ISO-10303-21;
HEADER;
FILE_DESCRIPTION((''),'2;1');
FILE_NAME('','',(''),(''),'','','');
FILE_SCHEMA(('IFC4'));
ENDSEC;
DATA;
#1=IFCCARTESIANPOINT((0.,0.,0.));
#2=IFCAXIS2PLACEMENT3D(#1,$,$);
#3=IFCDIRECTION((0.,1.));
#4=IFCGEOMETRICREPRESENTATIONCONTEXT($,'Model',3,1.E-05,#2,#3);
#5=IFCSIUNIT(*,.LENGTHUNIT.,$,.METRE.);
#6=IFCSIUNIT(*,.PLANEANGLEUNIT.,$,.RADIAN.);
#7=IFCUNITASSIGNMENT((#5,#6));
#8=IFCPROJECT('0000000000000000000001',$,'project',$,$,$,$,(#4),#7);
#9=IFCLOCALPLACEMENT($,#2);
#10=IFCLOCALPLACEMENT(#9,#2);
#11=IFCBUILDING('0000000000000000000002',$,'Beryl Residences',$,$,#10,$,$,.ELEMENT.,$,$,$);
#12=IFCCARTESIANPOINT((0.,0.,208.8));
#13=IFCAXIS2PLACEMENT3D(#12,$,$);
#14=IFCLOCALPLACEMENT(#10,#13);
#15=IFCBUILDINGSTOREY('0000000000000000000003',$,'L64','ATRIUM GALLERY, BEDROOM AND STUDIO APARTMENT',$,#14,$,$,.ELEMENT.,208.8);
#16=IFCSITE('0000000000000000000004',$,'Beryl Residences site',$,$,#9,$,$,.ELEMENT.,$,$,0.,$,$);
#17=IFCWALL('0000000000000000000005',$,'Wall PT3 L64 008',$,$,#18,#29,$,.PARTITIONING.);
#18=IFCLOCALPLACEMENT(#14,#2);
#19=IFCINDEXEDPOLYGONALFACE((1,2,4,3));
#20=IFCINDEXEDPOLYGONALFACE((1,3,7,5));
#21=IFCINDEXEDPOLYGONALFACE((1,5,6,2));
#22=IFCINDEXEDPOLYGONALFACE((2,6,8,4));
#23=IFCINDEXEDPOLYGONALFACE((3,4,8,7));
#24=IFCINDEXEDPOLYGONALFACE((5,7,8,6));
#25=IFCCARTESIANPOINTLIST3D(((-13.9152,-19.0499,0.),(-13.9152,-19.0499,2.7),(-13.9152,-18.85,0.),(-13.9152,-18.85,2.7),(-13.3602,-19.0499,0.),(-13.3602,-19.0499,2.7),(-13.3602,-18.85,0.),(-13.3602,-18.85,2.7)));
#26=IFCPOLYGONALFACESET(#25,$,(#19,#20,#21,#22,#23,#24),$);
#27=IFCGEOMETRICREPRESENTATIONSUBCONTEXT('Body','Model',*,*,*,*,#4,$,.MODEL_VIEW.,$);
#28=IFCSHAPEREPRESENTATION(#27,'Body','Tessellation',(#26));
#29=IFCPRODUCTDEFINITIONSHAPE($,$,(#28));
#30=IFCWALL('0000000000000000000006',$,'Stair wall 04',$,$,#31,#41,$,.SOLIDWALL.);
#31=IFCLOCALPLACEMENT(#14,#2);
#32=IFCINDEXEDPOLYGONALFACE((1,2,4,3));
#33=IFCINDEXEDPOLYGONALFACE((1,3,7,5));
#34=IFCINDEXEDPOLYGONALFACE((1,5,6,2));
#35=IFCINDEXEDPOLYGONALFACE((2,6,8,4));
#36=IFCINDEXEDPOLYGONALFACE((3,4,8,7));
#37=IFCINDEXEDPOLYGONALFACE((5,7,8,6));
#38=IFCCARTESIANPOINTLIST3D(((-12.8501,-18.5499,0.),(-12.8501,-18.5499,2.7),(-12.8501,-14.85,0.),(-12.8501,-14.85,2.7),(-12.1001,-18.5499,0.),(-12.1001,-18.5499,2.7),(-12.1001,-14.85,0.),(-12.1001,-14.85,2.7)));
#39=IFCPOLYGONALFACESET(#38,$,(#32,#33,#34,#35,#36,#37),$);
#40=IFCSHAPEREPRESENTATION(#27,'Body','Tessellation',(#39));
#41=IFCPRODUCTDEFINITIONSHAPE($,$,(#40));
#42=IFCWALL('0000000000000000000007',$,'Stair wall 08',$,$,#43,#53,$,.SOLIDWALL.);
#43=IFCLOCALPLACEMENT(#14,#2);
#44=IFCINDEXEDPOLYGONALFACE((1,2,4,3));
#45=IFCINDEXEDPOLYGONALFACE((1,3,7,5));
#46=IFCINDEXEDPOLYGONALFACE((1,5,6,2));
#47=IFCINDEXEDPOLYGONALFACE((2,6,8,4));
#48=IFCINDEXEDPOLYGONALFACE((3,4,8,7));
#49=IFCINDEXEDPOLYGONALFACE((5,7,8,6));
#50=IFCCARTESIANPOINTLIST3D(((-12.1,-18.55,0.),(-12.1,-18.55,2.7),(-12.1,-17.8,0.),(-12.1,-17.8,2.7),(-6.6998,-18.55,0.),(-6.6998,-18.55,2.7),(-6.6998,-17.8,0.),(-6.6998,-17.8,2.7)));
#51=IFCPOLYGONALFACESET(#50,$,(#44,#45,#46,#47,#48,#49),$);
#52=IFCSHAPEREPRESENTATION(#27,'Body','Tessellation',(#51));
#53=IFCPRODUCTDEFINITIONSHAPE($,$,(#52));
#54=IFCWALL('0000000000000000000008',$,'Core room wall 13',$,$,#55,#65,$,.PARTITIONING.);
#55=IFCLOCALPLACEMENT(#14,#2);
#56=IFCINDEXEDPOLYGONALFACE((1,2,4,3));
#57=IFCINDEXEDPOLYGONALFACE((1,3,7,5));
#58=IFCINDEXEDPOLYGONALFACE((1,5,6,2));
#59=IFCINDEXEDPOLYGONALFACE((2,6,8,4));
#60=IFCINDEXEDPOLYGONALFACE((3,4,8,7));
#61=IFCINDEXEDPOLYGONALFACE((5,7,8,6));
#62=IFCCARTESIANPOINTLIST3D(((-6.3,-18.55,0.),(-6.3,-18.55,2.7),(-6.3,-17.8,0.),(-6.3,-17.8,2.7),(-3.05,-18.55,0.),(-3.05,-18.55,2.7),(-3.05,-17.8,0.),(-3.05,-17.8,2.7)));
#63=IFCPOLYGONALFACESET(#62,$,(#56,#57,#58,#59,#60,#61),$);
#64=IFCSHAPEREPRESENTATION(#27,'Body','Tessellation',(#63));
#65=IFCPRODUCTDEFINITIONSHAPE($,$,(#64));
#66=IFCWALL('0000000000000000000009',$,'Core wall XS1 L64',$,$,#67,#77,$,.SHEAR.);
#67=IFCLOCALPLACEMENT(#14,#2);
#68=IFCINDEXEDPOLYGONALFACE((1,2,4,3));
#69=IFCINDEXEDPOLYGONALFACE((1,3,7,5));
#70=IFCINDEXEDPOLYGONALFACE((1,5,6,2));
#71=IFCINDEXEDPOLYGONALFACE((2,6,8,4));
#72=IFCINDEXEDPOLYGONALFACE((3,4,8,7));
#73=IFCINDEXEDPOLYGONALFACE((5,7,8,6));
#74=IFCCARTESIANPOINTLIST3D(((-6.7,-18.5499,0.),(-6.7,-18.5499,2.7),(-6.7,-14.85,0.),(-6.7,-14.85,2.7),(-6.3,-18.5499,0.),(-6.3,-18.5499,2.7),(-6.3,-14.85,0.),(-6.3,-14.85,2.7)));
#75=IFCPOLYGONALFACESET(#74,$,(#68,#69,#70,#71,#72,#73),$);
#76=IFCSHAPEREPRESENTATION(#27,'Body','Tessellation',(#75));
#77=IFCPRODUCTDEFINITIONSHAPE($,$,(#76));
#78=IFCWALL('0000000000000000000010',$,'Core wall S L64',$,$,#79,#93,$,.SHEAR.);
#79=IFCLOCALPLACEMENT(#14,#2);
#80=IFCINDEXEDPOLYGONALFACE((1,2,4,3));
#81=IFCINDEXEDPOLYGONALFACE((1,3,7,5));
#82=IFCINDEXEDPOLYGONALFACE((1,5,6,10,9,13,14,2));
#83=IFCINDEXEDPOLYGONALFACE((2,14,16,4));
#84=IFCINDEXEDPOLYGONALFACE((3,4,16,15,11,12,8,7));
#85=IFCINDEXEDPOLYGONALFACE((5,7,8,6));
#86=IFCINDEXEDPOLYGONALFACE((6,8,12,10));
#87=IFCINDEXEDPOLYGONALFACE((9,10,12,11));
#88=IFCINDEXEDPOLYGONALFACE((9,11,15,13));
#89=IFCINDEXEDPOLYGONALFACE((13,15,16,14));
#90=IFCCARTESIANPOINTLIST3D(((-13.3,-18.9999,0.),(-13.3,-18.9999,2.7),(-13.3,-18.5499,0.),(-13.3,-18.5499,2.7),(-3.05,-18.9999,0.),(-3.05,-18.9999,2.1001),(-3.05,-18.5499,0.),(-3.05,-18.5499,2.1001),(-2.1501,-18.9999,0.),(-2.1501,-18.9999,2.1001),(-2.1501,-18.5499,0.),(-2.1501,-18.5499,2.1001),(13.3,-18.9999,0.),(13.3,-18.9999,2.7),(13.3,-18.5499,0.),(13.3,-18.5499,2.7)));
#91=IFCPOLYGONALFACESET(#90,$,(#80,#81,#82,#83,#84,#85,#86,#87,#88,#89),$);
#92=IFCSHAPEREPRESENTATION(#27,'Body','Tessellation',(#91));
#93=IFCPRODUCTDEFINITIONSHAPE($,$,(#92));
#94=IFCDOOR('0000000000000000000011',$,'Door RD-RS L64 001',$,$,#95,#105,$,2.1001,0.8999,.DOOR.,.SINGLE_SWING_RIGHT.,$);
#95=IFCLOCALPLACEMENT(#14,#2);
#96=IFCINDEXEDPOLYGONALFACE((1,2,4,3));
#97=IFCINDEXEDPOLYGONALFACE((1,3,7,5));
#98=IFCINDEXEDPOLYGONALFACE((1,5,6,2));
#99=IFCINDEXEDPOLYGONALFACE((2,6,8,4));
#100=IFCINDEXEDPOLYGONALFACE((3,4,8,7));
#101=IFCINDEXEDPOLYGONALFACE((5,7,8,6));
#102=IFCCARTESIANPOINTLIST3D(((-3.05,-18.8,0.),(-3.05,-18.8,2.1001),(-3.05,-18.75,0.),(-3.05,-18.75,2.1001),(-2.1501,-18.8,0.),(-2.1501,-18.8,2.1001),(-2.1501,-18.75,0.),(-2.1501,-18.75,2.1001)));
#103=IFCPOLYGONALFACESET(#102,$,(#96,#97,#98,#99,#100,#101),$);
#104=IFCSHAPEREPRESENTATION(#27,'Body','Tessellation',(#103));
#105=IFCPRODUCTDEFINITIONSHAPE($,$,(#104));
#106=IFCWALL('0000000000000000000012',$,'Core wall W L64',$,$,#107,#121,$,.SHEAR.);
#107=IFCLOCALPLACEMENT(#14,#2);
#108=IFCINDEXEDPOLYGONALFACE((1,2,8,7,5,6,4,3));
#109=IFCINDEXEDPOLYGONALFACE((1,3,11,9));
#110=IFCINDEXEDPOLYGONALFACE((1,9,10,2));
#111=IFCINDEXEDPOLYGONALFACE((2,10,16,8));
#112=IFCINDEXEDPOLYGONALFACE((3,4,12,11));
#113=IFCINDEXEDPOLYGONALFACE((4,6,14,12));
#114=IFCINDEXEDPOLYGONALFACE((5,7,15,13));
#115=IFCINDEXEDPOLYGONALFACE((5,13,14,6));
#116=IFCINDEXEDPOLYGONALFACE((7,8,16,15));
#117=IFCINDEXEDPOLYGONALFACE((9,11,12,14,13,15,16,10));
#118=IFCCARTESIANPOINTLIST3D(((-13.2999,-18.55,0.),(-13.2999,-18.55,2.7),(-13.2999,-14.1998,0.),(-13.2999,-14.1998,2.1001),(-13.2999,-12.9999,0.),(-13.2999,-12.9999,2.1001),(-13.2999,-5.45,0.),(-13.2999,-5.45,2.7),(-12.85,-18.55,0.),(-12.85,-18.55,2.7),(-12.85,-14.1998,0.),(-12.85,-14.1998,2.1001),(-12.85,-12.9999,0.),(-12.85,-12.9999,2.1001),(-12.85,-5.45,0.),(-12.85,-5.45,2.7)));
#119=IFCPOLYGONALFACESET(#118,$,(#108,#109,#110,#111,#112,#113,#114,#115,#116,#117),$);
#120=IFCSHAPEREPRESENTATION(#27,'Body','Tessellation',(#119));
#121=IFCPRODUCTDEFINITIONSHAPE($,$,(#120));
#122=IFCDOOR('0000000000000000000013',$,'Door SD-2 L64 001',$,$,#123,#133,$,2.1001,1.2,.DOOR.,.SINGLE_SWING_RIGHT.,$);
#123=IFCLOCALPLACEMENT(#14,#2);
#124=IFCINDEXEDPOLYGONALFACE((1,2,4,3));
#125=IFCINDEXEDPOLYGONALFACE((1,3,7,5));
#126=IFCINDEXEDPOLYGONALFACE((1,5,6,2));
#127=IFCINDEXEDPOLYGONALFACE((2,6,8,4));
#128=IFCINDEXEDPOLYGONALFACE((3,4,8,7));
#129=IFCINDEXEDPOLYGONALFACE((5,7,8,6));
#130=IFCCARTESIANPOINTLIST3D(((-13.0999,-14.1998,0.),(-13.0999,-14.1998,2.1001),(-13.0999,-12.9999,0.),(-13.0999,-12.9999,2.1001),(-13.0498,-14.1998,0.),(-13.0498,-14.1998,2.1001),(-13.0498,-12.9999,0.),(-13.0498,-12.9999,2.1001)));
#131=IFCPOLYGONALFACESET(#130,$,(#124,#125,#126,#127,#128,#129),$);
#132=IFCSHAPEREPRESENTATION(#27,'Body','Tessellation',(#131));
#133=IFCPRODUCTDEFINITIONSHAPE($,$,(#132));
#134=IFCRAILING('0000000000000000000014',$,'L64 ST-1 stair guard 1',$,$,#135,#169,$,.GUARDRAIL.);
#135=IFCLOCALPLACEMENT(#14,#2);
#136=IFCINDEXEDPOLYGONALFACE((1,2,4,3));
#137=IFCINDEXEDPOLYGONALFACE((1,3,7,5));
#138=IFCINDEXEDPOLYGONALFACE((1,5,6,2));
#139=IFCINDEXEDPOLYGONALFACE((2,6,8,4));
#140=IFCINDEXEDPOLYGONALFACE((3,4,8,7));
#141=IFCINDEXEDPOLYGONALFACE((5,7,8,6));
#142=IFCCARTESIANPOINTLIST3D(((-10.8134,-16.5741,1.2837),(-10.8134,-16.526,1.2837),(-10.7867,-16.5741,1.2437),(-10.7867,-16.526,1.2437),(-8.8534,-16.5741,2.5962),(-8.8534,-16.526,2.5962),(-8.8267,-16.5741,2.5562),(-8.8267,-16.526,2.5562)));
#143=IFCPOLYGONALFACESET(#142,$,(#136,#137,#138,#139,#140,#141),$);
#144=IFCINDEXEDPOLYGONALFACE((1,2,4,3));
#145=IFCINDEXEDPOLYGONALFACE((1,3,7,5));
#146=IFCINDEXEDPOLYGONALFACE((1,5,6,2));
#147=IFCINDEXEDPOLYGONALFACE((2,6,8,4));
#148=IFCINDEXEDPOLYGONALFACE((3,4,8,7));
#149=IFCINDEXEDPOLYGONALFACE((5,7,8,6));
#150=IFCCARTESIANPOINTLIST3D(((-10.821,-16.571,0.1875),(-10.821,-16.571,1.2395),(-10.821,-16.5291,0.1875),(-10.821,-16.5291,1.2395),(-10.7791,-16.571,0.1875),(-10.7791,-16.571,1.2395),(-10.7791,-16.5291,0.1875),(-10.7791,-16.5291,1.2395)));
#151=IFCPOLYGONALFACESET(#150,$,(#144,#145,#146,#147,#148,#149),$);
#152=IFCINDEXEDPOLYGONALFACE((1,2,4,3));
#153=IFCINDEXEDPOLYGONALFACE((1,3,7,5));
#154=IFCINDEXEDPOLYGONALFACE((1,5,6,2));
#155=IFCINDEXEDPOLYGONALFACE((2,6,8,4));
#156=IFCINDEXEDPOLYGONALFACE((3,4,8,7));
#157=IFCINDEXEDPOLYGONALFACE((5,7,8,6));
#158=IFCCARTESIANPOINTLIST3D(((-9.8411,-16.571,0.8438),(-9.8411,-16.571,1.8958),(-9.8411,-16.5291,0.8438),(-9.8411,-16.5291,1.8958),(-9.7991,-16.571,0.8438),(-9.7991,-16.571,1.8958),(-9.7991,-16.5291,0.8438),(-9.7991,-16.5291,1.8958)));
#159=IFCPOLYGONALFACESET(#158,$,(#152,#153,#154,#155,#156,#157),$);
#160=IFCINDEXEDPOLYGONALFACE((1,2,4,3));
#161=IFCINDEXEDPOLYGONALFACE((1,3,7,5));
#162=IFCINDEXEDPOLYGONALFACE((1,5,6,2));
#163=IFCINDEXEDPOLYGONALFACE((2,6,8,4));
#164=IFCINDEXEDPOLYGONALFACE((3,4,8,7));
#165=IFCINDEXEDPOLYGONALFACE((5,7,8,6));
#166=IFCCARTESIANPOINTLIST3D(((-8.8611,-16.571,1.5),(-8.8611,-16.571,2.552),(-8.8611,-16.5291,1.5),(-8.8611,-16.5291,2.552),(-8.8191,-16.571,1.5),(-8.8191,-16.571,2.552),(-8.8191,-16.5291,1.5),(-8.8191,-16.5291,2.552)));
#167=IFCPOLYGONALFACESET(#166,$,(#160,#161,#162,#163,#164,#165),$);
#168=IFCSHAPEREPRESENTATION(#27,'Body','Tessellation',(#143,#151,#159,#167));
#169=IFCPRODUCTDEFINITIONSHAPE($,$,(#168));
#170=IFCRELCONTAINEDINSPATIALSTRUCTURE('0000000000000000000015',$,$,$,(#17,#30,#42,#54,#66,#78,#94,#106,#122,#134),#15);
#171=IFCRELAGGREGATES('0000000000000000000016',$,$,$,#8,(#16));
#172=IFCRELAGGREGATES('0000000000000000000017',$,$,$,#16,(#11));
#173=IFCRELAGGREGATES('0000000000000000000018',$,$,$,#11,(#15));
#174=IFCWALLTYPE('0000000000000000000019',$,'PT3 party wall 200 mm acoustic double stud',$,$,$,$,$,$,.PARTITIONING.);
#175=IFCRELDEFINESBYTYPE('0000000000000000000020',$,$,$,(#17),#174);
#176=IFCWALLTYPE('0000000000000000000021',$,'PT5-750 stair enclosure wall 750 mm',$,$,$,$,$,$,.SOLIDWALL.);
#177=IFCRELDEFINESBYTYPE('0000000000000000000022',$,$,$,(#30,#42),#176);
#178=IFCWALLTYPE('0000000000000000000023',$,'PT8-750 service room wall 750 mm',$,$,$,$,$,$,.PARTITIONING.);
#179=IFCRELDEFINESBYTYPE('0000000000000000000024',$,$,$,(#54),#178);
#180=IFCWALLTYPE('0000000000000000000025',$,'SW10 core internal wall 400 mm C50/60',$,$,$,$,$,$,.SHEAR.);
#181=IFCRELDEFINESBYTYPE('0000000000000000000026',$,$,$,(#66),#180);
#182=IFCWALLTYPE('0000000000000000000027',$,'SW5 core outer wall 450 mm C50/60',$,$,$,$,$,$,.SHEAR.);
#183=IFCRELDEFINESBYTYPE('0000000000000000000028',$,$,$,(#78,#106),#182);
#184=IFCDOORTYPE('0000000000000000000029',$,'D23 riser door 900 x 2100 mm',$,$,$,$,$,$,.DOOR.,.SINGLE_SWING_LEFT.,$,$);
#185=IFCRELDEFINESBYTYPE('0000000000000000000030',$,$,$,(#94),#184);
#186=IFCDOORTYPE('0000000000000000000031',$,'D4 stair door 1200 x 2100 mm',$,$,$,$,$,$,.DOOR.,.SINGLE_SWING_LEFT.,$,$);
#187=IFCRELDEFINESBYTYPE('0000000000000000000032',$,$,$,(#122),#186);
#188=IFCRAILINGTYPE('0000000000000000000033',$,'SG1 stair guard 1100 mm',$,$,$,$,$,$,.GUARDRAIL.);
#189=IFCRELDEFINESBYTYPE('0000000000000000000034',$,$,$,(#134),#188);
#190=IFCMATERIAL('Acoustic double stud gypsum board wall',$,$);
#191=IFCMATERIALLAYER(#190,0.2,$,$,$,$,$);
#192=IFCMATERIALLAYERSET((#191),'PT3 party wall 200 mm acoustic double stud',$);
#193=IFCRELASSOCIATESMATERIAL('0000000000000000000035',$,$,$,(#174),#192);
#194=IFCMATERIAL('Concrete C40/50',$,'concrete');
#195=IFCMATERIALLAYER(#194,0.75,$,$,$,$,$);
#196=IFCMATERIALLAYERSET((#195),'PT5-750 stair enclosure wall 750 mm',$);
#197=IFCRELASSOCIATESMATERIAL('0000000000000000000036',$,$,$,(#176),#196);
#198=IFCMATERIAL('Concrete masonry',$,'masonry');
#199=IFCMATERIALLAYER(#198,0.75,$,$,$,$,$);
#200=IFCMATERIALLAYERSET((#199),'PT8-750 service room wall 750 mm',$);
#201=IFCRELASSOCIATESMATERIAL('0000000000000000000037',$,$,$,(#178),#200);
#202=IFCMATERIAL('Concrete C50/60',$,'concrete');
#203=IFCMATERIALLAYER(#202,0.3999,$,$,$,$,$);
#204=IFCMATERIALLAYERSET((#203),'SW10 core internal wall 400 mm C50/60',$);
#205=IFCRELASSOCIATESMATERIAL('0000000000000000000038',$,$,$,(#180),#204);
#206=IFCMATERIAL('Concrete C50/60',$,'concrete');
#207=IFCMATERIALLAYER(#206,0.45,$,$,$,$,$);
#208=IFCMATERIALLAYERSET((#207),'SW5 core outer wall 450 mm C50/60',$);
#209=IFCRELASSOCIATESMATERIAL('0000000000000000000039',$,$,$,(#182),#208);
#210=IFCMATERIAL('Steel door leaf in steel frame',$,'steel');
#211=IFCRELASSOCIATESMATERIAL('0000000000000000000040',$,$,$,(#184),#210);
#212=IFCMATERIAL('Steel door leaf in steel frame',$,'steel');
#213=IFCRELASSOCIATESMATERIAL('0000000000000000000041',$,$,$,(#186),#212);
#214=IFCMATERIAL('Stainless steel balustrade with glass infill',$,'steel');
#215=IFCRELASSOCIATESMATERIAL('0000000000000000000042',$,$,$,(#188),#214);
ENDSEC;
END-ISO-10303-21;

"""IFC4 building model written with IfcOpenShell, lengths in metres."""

from ifc_helpers import new_model, si_unit, direction, frame, frame_2d, origin, origin_2d, place, context, subcontext, project, spatial, rectangle, extrude, material, layer, layer_set, type_object, element, fill, save


model = new_model("IFC4")

# Units and contexts
model_context = context("Model", 3, precision=1e-05, world=origin(), true_north=direction((0.0, 1.0)))
body_context = subcontext(model_context, "Body", "Model", "MODEL_VIEW")
ifc_project = project(units=[si_unit("LENGTHUNIT", "METRE"), si_unit("PLANEANGLEUNIT", "RADIAN")], contexts=[model_context])

# Site, building, storey
site_placement = place(None, origin())
site = spatial("IfcSite", under=ifc_project, at=site_placement, Name="Beryl Residences site", CompositionType="ELEMENT", RefElevation=0.0)
building_placement = place(site_placement, origin())
building = spatial("IfcBuilding", under=site, at=building_placement, Name="Beryl Residences", CompositionType="ELEMENT")
storey_placement = place(building_placement, frame((0.0, 0.0, 208.8)))
storey = spatial("IfcBuildingStorey", under=building, at=storey_placement, Name="L64", Description="ATRIUM GALLERY, BEDROOM AND STUDIO APARTMENT", CompositionType="ELEMENT", Elevation=208.8)

# Walls
ifc_material_1 = material(Name="Acoustic double stud gypsum board wall")
ifc_layer_1 = layer(ifc_material_1, 0.2)
ifc_layer_set_1 = layer_set([ifc_layer_1], Name="PT3 party wall 200 mm acoustic double stud")
wall_type_1 = type_object("IfcWallType", Name="PT3 party wall 200 mm acoustic double stud", PredefinedType="PARTITIONING", material=ifc_layer_set_1)
wall_1_placement = place(storey_placement, frame((-13.915, -18.95, 0.0), z_axis=(0.0, 0.0, 1.0), x_axis=(1.0, 0.0, 0.0)))
element("IfcWall", 1, at=wall_1_placement, inside=storey, type_object=wall_type_1, Name="Wall PT3 L64 008", PredefinedType="PARTITIONING", context=body_context, shape_type="SweptSolid", body=[
    extrude(rectangle(XDim=0.5549, YDim=0.2, at=frame_2d((0.2773, 0.0))), origin(), (0.0, 0.0, 1.0), 2.7),
])
ifc_material_2 = material(Name="Concrete C40/50", Category="concrete")
ifc_layer_2 = layer(ifc_material_2, 0.75)
ifc_layer_set_2 = layer_set([ifc_layer_2], Name="PT5-750 stair enclosure wall 750 mm")
wall_type_2 = type_object("IfcWallType", Name="PT5-750 stair enclosure wall 750 mm", PredefinedType="SOLIDWALL", material=ifc_layer_set_2)
wall_2_placement = place(storey_placement, frame((-12.4751, -18.55, 0.0), z_axis=(0.0, 0.0, 1.0), x_axis=(0.0, 1.0, 0.0)))
element("IfcWall", 2, at=wall_2_placement, inside=storey, type_object=wall_type_2, Name="Stair wall 04", PredefinedType="SOLIDWALL", context=body_context, shape_type="SweptSolid", body=[
    extrude(rectangle(XDim=3.7, YDim=0.75, at=frame_2d((1.8501, 0.0))), origin(), (0.0, 0.0, 1.0), 2.7),
])
wall_3_placement = place(storey_placement, frame((-12.1001, -18.175, 0.0), z_axis=(0.0, 0.0, 1.0), x_axis=(1.0, 0.0, 0.0)))
element("IfcWall", 3, at=wall_3_placement, inside=storey, type_object=wall_type_2, Name="Stair wall 08", PredefinedType="SOLIDWALL", context=body_context, shape_type="SweptSolid", body=[
    extrude(rectangle(XDim=5.4001, YDim=0.75, at=frame_2d((2.7002, 0.0))), origin(), (0.0, 0.0, 1.0), 2.7),
])
ifc_material_3 = material(Name="Concrete masonry", Category="masonry")
ifc_layer_3 = layer(ifc_material_3, 0.75)
ifc_layer_set_3 = layer_set([ifc_layer_3], Name="PT8-750 service room wall 750 mm")
wall_type_3 = type_object("IfcWallType", Name="PT8-750 service room wall 750 mm", PredefinedType="PARTITIONING", material=ifc_layer_set_3)
wall_4_placement = place(storey_placement, frame((-6.3, -18.175, 0.0), z_axis=(0.0, 0.0, 1.0), x_axis=(1.0, 0.0, 0.0)))
element("IfcWall", 4, at=wall_4_placement, inside=storey, type_object=wall_type_3, Name="Core room wall 13", PredefinedType="PARTITIONING", context=body_context, shape_type="SweptSolid", body=[
    extrude(rectangle(XDim=3.25, YDim=0.75, at=frame_2d((1.625, 0.0))), origin(), (0.0, 0.0, 1.0), 2.7),
])
ifc_material_4 = material(Name="Concrete C50/60", Category="concrete")
ifc_layer_4 = layer(ifc_material_4, 0.3999)
ifc_layer_set_4 = layer_set([ifc_layer_4], Name="SW10 core internal wall 400 mm C50/60")
wall_type_4 = type_object("IfcWallType", Name="SW10 core internal wall 400 mm C50/60", PredefinedType="SHEAR", material=ifc_layer_set_4)
wall_5_placement = place(storey_placement, frame((-6.5, -18.55, 0.0), z_axis=(0.0, 0.0, 1.0), x_axis=(0.0, 1.0, 0.0)))
element("IfcWall", 5, at=wall_5_placement, inside=storey, type_object=wall_type_4, Name="Core wall XS1 L64", PredefinedType="SHEAR", context=body_context, shape_type="SweptSolid", body=[
    extrude(rectangle(XDim=3.7, YDim=0.3999, at=frame_2d((1.8501, 0.0))), origin(), (0.0, 0.0, 1.0), 2.7),
])

# Walls, openings, doors
ifc_material_5 = material(Name="Concrete C50/60", Category="concrete")
ifc_layer_5 = layer(ifc_material_5, 0.45)
ifc_layer_set_5 = layer_set([ifc_layer_5], Name="SW5 core outer wall 450 mm C50/60")
wall_type_5 = type_object("IfcWallType", Name="SW5 core outer wall 450 mm C50/60", PredefinedType="SHEAR", material=ifc_layer_set_5)
wall_6_placement = place(storey_placement, frame((-13.3, -18.7749, 0.0), z_axis=(0.0, 0.0, 1.0), x_axis=(1.0, 0.0, 0.0)))
wall_6 = element("IfcWall", 6, at=wall_6_placement, inside=storey, type_object=wall_type_5, Name="Core wall S L64", PredefinedType="SHEAR", context=body_context, shape_type="SweptSolid", body=[
    extrude(rectangle(XDim=26.6001, YDim=0.45, at=frame_2d((13.3, 0.0))), origin(), (0.0, 0.0, 1.0), 2.7),
])
opening_1_placement = place(wall_6_placement, frame((10.25, 0.0, 0.0)))
opening_1 = element("IfcOpeningElement", 7, at=opening_1_placement, cuts=wall_6, PredefinedType="OPENING", context=body_context, shape_type="SweptSolid", body=[
    extrude(rectangle(XDim=0.8999, YDim=2.1001, at=frame_2d((0.45, 1.05))), frame((0.0, 0.2349, 0.0), z_axis=(0.0, -1.0, 0.0), x_axis=(1.0, 0.0, 0.0)), (0.0, 0.0, 1.0), 0.47),
])
ifc_material_6 = material(Name="Steel door leaf in steel frame", Category="steel")
door_type_1 = type_object("IfcDoorType", Name="D23 riser door 900 x 2100 mm", OperationType="SINGLE_SWING_LEFT", PredefinedType="DOOR", material=ifc_material_6)
door_1_placement = place(opening_1_placement, origin())
door_1 = element("IfcDoor", 8, at=door_1_placement, inside=storey, type_object=door_type_1, Name="Door RD-RS L64 001", OperationType="SINGLE_SWING_RIGHT", OverallHeight=2.1001, OverallWidth=0.8999, PredefinedType="DOOR", context=body_context, shape_type="SweptSolid", body=[
    extrude(rectangle(XDim=0.8999, YDim=2.1001, at=frame_2d((0.45, 1.05))), frame((0.0, 0.0249, 0.0), z_axis=(0.0, -1.0, 0.0), x_axis=(1.0, 0.0, 0.0)), (0.0, 0.0, 1.0), 0.05),
])
fill(opening_1, door_1)
wall_7_placement = place(storey_placement, frame((-13.075, -18.55, 0.0), z_axis=(0.0, 0.0, 1.0), x_axis=(0.0, 1.0, 0.0)))
wall_7 = element("IfcWall", 9, at=wall_7_placement, inside=storey, type_object=wall_type_5, Name="Core wall W L64", PredefinedType="SHEAR", context=body_context, shape_type="SweptSolid", body=[
    extrude(rectangle(XDim=13.1001, YDim=0.45, at=frame_2d((6.55, 0.0))), origin(), (0.0, 0.0, 1.0), 2.7),
])
opening_2_placement = place(wall_7_placement, frame((4.3501, 0.0, 0.0)))
opening_2 = element("IfcOpeningElement", 10, at=opening_2_placement, cuts=wall_7, PredefinedType="OPENING", context=body_context, shape_type="SweptSolid", body=[
    extrude(rectangle(XDim=1.2, YDim=2.1001, at=frame_2d((0.6001, 1.05))), frame((0.0, 0.2349, 0.0), z_axis=(0.0, -1.0, 0.0), x_axis=(1.0, 0.0, 0.0)), (0.0, 0.0, 1.0), 0.47),
])
ifc_material_7 = material(Name="Steel door leaf in steel frame", Category="steel")
door_type_2 = type_object("IfcDoorType", Name="D4 stair door 1200 x 2100 mm", OperationType="SINGLE_SWING_LEFT", PredefinedType="DOOR", material=ifc_material_7)
door_2_placement = place(opening_2_placement, origin())
door_2 = element("IfcDoor", 11, at=door_2_placement, inside=storey, type_object=door_type_2, Name="Door SD-2 L64 001", OperationType="SINGLE_SWING_RIGHT", OverallHeight=2.1001, OverallWidth=1.2, PredefinedType="DOOR", context=body_context, shape_type="SweptSolid", body=[
    extrude(rectangle(XDim=1.2, YDim=2.1001, at=frame_2d((0.6001, 1.05))), frame((0.0, 0.0249, 0.0), z_axis=(0.0, -1.0, 0.0), x_axis=(1.0, 0.0, 0.0)), (0.0, 0.0, 1.0), 0.05),
])
fill(opening_2, door_2)

# Railing
ifc_material_8 = material(Name="Stainless steel balustrade with glass infill", Category="steel")
railing_type_1 = type_object("IfcRailingType", Name="SG1 stair guard 1100 mm", PredefinedType="GUARDRAIL", material=ifc_material_8)
railing_1_placement = place(storey_placement, frame((-10.8, -16.55, 0.1875)))
element("IfcRailing", 12, at=railing_1_placement, inside=storey, type_object=railing_type_1, Name="L64 ST-1 stair guard 1", PredefinedType="GUARDRAIL", context=body_context, shape_type="SweptSolid", body=[
    extrude(rectangle(XDim=0.0481, YDim=0.0481, at=origin_2d()), frame((0.0, 0.0, 1.0762), z_axis=(0.830902, 0.0, 0.556419), x_axis=(0.0, 1.0, 0.0)), (0.0, 0.0, 1.0), 2.3589),
    extrude(rectangle(XDim=0.042, YDim=0.042, at=origin_2d()), origin(), (0.0, 0.0, 1.0), 1.052),
    extrude(rectangle(XDim=0.042, YDim=0.042, at=origin_2d()), frame((0.98, 0.0, 0.6562)), (0.0, 0.0, 1.0), 1.052),
    extrude(rectangle(XDim=0.042, YDim=0.042, at=origin_2d()), frame((1.96, 0.0, 1.3125)), (0.0, 0.0, 1.0), 1.052),
])

save(model, "model.ifc")
